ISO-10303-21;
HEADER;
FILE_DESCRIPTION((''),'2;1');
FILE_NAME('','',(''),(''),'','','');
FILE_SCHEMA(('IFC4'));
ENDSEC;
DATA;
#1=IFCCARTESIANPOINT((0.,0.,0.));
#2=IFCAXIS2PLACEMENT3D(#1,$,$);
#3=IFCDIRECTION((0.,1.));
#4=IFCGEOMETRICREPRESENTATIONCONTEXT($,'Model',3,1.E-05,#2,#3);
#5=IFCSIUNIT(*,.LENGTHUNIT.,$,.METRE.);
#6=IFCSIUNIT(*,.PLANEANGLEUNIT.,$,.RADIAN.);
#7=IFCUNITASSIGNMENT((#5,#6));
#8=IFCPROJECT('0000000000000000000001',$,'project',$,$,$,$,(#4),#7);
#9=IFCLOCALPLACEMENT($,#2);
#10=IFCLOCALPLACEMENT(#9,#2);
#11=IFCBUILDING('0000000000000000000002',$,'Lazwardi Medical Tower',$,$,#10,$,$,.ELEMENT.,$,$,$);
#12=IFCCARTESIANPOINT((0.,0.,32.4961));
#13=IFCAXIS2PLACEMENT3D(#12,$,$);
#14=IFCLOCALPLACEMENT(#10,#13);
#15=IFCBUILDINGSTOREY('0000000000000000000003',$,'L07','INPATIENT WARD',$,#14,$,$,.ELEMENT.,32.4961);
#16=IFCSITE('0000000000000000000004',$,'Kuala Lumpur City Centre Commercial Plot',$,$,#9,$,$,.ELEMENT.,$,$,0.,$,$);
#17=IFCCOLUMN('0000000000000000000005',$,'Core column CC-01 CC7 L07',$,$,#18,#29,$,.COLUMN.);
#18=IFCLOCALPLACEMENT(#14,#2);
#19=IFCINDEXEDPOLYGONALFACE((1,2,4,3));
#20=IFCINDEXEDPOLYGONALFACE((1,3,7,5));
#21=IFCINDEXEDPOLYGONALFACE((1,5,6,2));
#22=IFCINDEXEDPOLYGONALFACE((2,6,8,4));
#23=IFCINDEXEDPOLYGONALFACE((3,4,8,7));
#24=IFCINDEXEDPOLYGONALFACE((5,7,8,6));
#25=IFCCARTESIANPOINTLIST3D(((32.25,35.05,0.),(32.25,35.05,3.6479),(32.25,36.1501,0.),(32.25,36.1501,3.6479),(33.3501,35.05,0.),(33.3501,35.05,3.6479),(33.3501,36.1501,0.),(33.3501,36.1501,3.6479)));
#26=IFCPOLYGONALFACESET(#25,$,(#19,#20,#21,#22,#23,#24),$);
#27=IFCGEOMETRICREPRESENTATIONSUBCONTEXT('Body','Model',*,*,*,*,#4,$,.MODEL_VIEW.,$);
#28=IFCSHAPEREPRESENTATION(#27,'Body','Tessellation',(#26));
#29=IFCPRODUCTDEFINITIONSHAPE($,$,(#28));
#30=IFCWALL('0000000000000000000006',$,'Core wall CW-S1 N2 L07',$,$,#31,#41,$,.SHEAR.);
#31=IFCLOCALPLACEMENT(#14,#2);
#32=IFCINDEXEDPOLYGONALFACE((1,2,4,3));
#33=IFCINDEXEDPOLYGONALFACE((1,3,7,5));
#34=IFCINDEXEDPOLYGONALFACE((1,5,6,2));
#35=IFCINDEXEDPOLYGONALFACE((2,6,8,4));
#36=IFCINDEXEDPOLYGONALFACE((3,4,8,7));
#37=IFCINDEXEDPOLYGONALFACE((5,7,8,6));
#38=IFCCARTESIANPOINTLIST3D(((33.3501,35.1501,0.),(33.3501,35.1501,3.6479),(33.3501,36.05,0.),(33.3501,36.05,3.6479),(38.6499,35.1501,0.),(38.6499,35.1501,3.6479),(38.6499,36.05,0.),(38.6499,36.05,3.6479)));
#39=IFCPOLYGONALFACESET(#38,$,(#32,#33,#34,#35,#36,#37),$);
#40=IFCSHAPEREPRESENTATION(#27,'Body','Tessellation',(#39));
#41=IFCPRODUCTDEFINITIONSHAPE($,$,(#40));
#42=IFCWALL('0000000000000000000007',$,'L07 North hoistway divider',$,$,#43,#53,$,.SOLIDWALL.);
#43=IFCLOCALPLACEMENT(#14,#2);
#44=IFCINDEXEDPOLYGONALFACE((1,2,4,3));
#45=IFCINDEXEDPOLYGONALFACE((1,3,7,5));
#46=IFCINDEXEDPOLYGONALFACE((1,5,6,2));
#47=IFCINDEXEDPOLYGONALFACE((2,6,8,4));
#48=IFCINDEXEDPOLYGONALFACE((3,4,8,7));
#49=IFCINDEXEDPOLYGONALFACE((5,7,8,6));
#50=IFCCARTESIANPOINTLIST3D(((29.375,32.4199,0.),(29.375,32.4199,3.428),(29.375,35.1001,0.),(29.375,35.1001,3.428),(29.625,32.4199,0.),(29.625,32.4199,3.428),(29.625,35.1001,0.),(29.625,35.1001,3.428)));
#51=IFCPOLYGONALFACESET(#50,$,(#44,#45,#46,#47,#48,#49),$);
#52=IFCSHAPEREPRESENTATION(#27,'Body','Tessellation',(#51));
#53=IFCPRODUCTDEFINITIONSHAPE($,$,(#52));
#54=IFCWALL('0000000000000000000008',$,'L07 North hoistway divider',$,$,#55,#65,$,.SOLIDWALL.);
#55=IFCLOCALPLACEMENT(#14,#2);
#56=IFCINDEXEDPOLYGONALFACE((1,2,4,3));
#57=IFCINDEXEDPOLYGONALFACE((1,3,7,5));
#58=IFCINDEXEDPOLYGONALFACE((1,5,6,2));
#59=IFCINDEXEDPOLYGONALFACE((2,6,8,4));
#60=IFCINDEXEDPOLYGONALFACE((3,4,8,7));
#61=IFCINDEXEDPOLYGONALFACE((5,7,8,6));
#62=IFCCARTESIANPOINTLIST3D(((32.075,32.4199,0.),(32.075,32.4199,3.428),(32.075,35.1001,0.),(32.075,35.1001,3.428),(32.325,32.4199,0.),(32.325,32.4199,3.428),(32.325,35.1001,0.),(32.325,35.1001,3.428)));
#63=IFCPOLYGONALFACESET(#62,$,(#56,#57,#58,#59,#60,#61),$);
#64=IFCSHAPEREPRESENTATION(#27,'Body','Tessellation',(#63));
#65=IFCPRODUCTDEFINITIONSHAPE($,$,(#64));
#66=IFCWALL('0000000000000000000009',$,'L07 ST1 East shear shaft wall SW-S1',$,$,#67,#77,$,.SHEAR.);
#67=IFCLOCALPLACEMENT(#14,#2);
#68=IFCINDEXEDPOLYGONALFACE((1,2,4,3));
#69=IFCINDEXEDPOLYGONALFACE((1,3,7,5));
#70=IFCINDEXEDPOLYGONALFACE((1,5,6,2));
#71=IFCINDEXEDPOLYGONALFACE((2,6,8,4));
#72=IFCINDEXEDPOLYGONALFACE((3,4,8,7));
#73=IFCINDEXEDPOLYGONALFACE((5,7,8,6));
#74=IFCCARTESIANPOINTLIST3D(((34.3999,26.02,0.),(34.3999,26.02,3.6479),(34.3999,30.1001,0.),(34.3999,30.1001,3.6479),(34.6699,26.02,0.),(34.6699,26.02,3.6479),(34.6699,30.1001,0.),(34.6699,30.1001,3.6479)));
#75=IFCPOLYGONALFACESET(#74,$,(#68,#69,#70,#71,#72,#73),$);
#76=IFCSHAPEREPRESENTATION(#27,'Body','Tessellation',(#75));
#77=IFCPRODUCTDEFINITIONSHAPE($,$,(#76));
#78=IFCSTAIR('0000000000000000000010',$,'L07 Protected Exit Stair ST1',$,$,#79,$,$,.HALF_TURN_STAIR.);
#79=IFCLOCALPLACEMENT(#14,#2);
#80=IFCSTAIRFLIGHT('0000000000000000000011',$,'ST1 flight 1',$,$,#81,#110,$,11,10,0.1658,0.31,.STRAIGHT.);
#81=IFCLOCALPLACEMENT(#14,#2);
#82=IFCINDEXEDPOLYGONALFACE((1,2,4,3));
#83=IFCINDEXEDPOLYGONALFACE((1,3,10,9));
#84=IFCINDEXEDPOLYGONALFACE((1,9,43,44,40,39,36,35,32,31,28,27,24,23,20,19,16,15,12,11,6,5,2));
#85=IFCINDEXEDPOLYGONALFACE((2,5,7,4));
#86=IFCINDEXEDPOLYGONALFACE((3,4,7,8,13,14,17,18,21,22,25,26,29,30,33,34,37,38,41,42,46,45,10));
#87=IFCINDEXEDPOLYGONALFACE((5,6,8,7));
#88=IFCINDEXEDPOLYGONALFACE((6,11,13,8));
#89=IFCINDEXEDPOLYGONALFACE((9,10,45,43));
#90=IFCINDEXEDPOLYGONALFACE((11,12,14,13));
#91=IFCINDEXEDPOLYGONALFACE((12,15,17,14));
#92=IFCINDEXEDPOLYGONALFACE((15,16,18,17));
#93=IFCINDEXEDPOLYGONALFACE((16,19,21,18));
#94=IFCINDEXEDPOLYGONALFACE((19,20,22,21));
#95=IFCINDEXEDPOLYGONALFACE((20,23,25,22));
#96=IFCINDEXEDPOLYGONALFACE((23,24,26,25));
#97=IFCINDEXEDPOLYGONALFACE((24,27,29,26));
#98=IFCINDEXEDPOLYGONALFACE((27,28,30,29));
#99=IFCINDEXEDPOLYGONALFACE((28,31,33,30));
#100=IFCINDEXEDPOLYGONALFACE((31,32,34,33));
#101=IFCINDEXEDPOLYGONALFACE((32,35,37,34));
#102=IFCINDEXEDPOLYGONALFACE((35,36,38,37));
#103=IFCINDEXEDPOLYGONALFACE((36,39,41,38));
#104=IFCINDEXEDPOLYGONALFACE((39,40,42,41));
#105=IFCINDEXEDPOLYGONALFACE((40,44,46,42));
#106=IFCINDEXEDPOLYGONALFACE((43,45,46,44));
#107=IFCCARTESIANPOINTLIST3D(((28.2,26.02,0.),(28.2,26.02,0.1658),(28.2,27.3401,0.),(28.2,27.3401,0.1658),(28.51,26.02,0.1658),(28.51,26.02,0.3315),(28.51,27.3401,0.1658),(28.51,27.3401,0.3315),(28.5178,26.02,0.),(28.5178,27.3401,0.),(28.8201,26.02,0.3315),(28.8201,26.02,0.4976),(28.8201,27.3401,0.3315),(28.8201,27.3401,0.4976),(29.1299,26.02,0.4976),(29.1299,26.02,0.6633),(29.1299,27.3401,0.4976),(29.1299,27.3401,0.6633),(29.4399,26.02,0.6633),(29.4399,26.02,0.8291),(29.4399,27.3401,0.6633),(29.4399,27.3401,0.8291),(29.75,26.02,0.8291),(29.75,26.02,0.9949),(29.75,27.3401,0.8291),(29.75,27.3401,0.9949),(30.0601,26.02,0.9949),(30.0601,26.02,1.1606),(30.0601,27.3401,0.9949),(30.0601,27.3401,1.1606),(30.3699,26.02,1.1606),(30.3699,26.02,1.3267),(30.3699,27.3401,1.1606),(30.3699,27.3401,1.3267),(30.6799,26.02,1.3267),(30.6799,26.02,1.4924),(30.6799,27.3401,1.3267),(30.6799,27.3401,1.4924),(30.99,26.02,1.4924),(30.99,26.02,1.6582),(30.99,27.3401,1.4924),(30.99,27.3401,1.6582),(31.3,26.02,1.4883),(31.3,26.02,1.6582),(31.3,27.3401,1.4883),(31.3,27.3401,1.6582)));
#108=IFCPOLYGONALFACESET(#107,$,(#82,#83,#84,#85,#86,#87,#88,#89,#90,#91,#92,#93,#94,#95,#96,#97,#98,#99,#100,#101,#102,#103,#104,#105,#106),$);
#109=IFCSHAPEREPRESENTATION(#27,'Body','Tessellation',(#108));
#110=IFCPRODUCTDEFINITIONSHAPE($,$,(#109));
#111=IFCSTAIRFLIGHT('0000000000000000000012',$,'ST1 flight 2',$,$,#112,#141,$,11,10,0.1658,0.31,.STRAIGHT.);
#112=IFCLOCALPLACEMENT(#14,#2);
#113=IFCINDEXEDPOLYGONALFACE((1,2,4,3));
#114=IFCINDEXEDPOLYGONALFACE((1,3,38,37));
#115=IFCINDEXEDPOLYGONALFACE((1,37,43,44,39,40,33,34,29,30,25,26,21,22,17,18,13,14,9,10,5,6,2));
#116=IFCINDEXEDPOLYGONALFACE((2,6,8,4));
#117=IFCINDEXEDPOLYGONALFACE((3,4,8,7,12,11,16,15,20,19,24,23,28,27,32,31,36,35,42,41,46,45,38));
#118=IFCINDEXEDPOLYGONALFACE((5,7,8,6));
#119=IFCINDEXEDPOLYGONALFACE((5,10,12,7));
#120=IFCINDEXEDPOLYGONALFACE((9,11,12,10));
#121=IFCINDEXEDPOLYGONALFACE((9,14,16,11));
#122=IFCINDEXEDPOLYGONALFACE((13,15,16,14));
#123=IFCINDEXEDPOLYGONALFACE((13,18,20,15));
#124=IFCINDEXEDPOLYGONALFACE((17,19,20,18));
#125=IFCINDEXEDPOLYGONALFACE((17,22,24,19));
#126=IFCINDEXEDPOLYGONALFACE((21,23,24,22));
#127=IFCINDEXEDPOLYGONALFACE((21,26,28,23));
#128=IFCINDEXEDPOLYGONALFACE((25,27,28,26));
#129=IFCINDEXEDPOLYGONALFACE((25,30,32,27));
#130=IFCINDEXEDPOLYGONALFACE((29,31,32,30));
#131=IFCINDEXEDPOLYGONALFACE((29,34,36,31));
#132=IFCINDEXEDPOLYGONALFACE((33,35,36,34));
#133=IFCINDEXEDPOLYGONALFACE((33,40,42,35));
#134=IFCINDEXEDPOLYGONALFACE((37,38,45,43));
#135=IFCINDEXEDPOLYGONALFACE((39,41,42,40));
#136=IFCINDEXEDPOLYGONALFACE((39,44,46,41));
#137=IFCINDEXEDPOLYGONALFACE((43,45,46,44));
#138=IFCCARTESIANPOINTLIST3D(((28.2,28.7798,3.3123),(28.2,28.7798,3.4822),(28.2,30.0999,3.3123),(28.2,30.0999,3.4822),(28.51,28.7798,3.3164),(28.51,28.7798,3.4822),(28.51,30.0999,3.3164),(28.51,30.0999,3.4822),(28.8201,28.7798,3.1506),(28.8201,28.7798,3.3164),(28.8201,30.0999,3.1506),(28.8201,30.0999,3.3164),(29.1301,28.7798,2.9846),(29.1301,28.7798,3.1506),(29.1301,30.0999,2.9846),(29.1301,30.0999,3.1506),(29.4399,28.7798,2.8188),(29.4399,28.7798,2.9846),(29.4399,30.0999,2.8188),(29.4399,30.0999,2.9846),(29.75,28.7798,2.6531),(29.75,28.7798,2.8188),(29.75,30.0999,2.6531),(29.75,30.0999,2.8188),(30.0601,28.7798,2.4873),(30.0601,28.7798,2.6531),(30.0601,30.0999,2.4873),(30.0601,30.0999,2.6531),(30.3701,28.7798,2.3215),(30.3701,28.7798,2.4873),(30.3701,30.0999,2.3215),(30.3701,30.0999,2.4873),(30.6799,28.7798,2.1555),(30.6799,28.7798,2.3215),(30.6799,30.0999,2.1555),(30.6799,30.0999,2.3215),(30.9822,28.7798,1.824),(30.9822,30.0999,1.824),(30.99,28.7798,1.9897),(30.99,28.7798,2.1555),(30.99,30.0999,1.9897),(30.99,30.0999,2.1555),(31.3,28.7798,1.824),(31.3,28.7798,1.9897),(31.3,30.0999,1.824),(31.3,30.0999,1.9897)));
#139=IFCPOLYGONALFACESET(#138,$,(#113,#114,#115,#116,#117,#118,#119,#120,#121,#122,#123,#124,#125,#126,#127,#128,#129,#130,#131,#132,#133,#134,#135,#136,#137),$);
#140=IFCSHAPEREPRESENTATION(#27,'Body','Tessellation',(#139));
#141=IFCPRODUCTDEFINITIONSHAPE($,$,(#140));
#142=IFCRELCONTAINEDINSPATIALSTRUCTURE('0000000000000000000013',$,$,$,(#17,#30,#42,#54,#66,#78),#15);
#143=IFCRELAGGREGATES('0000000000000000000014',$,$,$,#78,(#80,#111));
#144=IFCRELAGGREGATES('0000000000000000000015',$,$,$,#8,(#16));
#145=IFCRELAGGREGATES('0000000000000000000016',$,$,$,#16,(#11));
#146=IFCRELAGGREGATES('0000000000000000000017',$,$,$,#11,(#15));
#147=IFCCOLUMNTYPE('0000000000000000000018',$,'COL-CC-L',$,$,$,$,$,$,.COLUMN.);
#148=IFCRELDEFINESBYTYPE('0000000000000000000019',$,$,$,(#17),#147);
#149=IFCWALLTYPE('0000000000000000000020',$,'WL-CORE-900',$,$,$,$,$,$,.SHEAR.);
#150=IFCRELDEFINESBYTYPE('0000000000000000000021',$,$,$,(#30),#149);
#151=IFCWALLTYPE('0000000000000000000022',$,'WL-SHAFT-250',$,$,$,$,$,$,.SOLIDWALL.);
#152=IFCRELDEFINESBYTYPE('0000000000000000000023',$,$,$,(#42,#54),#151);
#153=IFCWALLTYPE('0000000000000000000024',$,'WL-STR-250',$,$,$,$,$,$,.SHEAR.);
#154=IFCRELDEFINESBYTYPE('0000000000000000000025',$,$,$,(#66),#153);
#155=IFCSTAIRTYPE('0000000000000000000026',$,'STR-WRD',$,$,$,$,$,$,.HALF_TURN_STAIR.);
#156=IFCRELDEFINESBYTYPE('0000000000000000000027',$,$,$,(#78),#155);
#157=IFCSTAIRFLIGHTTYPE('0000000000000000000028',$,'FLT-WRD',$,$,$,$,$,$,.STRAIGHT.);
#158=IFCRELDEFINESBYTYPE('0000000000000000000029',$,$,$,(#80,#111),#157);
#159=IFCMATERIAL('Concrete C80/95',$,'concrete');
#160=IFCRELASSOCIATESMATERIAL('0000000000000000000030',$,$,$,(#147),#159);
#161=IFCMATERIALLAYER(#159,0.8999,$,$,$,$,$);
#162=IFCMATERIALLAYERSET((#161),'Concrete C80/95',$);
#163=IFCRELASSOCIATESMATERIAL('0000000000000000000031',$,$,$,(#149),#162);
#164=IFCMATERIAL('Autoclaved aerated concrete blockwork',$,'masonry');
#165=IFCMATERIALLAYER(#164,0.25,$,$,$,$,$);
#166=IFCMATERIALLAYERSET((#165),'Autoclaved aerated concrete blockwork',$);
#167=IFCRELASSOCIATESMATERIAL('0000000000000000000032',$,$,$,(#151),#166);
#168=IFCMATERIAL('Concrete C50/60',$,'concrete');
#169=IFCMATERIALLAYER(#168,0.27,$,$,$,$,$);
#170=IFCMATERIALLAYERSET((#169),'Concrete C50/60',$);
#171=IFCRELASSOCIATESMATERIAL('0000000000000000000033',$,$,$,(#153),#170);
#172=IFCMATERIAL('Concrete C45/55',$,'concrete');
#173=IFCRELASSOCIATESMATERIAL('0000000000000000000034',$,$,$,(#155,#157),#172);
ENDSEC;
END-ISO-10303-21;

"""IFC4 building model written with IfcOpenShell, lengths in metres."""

from ifc_helpers import new_model, si_unit, direction, frame, frame_2d, origin, origin_2d, place, context, subcontext, project, spatial, polyline, rectangle, outline, extrude, material, layer, layer_set, material_profile, profile_set, type_object, element, aggregate, save


model = new_model("IFC4")

# Units and contexts
model_context = context("Model", 3, precision=1e-05, world=origin(), true_north=direction((0.0, 1.0)))
body_context = subcontext(model_context, "Body", "Model", "MODEL_VIEW")
ifc_project = project(units=[si_unit("LENGTHUNIT", "METRE"), si_unit("PLANEANGLEUNIT", "RADIAN")], contexts=[model_context])

# Site, building, storey
site_placement = place(None, origin())
site = spatial("IfcSite", under=ifc_project, at=site_placement, Name="Kuala Lumpur City Centre Commercial Plot", CompositionType="ELEMENT", RefElevation=0.0)
building_placement = place(site_placement, origin())
building = spatial("IfcBuilding", under=site, at=building_placement, Name="Lazwardi Medical Tower", CompositionType="ELEMENT")
storey_placement = place(building_placement, frame((0.0, 0.0, 32.4961)))
storey = spatial("IfcBuildingStorey", under=building, at=storey_placement, Name="L07", Description="INPATIENT WARD", CompositionType="ELEMENT", Elevation=32.4961)

# Column
ifc_material_1 = material(Name="Concrete C80/95", Category="concrete")
ifc_material_profile = material_profile(ifc_material_1, rectangle(XDim=1.1001, YDim=1.1001, at=origin_2d()), Name="RC 1100x1100")
ifc_profile_set = profile_set([ifc_material_profile], Name="Concrete C80/95")
column_type = type_object("IfcColumnType", Name="COL-CC-L", PredefinedType="COLUMN", material=ifc_profile_set)
column_placement = place(storey_placement, frame((32.8, 35.6001, 0.0), z_axis=(0.0, 0.0, 1.0), x_axis=(1.0, 0.0, 0.0)))
element("IfcColumn", 1, at=column_placement, inside=storey, type_object=column_type, Name="Core column CC-01 CC7 L07", PredefinedType="COLUMN", context=body_context, shape_type="SweptSolid", body=[
    extrude(rectangle(XDim=1.1001, YDim=1.1001, at=origin_2d()), origin(), (0.0, 0.0, 1.0), 3.6479),
])

# Walls
ifc_layer_1 = layer(ifc_material_1, 0.8999)
ifc_layer_set_1 = layer_set([ifc_layer_1], Name="Concrete C80/95")
wall_type_1 = type_object("IfcWallType", Name="WL-CORE-900", PredefinedType="SHEAR", material=ifc_layer_set_1)
wall_1_placement = place(storey_placement, frame((33.3501, 35.6001, 0.0), z_axis=(0.0, 0.0, 1.0), x_axis=(1.0, 0.0, 0.0)))
element("IfcWall", 2, at=wall_1_placement, inside=storey, type_object=wall_type_1, Name="Core wall CW-S1 N2 L07", PredefinedType="SHEAR", context=body_context, shape_type="SweptSolid", body=[
    extrude(rectangle(XDim=5.2998, YDim=0.8999, at=frame_2d((2.6499, 0.0))), origin(), (0.0, 0.0, 1.0), 3.6479),
])
ifc_material_2 = material(Name="Autoclaved aerated concrete blockwork", Category="masonry")
ifc_layer_2 = layer(ifc_material_2, 0.25)
ifc_layer_set_2 = layer_set([ifc_layer_2], Name="Autoclaved aerated concrete blockwork")
wall_type_2 = type_object("IfcWallType", Name="WL-SHAFT-250", PredefinedType="SOLIDWALL", material=ifc_layer_set_2)
for number, where, z_axis, x_axis, name in (
    (3, (29.5, 32.4199, 0.0), (0.0, 0.0, 1.0), (0.0, 1.0, 0.0), "L07 North hoistway divider"),
    (4, (32.2, 32.4199, 0.0), (0.0, 0.0, 1.0), (0.0, 1.0, 0.0), "L07 North hoistway divider"),
):
    element("IfcWall", number, at=place(storey_placement, frame(where, z_axis=z_axis, x_axis=x_axis)), inside=storey, type_object=wall_type_2, Name=name, PredefinedType="SOLIDWALL", context=body_context, shape_type="SweptSolid", body=[
        extrude(rectangle(XDim=2.6802, YDim=0.25, at=frame_2d((1.3401, 0.0))), origin(), (0.0, 0.0, 1.0), 3.428),
    ])

# Shared definitions
ifc_material_3 = material(Name="Concrete C50/60", Category="concrete")
ifc_layer_3 = layer(ifc_material_3, 0.27)
ifc_layer_set_3 = layer_set([ifc_layer_3], Name="Concrete C50/60")
wall_type_3 = type_object("IfcWallType", Name="WL-STR-250", PredefinedType="SHEAR", material=ifc_layer_set_3)

# Wall
wall_2_placement = place(storey_placement, frame((34.5349, 26.02, 0.0), z_axis=(0.0, 0.0, 1.0), x_axis=(0.0, 1.0, 0.0)))
element("IfcWall", 5, at=wall_2_placement, inside=storey, type_object=wall_type_3, Name="L07 ST1 East shear shaft wall SW-S1", PredefinedType="SHEAR", context=body_context, shape_type="SweptSolid", body=[
    extrude(rectangle(XDim=4.0801, YDim=0.27, at=frame_2d((2.04, 0.0))), origin(), (0.0, 0.0, 1.0), 3.6479),
])

# Stair, stair flights
ifc_material_4 = material(Name="Concrete C45/55", Category="concrete")
stair_type = type_object("IfcStairType", Name="STR-WRD", PredefinedType="HALF_TURN_STAIR", material=ifc_material_4)
stair_placement = place(storey_placement, origin())
stair = element("IfcStair", 6, at=stair_placement, inside=storey, type_object=stair_type, Name="L07 Protected Exit Stair ST1", PredefinedType="HALF_TURN_STAIR")
stair_flight_type = type_object("IfcStairFlightType", Name="FLT-WRD", PredefinedType="STRAIGHT", material=ifc_material_4)
stair_flight_1_placement = place(storey_placement, frame((28.2, 26.6799, 0.0), z_axis=(0.0, 0.0, 1.0), x_axis=(1.0, 0.0, 0.0)))
stair_flight_1 = element("IfcStairFlight", 7, at=stair_flight_1_placement, type_object=stair_flight_type, Name="ST1 flight 1", NumberOfRisers=11, NumberOfTreads=10, PredefinedType="STRAIGHT", RiserHeight=0.1658, TreadLength=0.31, context=body_context, shape_type="SweptSolid", body=[
    extrude(outline(polyline([(0.0, 0.0), (0.0, 0.1658), (0.3101, 0.1658), (0.3101, 0.3315), (0.6201, 0.3315), (0.6201, 0.4976), (0.9299, 0.4976), (0.9299, 0.6633), (1.24, 0.6633), (1.24, 0.8291), (1.55, 0.8291), (1.55, 0.9949), (1.8601, 0.9949), (1.8601, 1.1606), (2.1699, 1.1606), (2.1699, 1.3267), (2.48, 1.3267), (2.48, 1.4924), (2.79, 1.4924), (2.79, 1.6582), (3.1001, 1.6582), (3.1001, 1.824), (3.1001, 1.4883), (0.3179, 0.0), (0.0, 0.0)])), frame((0.0, 0.6602, 0.0), z_axis=(0.0, -1.0, 0.0), x_axis=(1.0, 0.0, 0.0)), (0.0, 0.0, 1.0), 1.3201),
])
stair_flight_2_placement = place(storey_placement, frame((31.3, 29.4399, 1.824), z_axis=(0.0, 0.0, 1.0), x_axis=(-1.0, 0.0, 0.0)))
stair_flight_2 = element("IfcStairFlight", 8, at=stair_flight_2_placement, type_object=stair_flight_type, Name="ST1 flight 2", NumberOfRisers=11, NumberOfTreads=10, PredefinedType="STRAIGHT", RiserHeight=0.1658, TreadLength=0.31, context=body_context, shape_type="SweptSolid", body=[
    extrude(outline(polyline([(0.0, 0.0), (0.0, 0.1658), (0.3101, 0.1658), (0.3101, 0.3315), (0.6201, 0.3315), (0.6201, 0.4976), (0.9299, 0.4976), (0.9299, 0.6633), (1.24, 0.6633), (1.24, 0.8291), (1.55, 0.8291), (1.55, 0.9949), (1.8601, 0.9949), (1.8601, 1.1606), (2.1699, 1.1606), (2.1699, 1.3267), (2.48, 1.3267), (2.48, 1.4924), (2.79, 1.4924), (2.79, 1.6582), (3.1001, 1.6582), (3.1001, 1.824), (3.1001, 1.4883), (0.3179, 0.0), (0.0, 0.0)])), frame((0.0, 0.6602, 0.0), z_axis=(0.0, -1.0, 0.0), x_axis=(1.0, 0.0, 0.0)), (0.0, 0.0, 1.0), 1.3201),
])
aggregate(stair, [stair_flight_1, stair_flight_2])

save(model, "model.ifc")
